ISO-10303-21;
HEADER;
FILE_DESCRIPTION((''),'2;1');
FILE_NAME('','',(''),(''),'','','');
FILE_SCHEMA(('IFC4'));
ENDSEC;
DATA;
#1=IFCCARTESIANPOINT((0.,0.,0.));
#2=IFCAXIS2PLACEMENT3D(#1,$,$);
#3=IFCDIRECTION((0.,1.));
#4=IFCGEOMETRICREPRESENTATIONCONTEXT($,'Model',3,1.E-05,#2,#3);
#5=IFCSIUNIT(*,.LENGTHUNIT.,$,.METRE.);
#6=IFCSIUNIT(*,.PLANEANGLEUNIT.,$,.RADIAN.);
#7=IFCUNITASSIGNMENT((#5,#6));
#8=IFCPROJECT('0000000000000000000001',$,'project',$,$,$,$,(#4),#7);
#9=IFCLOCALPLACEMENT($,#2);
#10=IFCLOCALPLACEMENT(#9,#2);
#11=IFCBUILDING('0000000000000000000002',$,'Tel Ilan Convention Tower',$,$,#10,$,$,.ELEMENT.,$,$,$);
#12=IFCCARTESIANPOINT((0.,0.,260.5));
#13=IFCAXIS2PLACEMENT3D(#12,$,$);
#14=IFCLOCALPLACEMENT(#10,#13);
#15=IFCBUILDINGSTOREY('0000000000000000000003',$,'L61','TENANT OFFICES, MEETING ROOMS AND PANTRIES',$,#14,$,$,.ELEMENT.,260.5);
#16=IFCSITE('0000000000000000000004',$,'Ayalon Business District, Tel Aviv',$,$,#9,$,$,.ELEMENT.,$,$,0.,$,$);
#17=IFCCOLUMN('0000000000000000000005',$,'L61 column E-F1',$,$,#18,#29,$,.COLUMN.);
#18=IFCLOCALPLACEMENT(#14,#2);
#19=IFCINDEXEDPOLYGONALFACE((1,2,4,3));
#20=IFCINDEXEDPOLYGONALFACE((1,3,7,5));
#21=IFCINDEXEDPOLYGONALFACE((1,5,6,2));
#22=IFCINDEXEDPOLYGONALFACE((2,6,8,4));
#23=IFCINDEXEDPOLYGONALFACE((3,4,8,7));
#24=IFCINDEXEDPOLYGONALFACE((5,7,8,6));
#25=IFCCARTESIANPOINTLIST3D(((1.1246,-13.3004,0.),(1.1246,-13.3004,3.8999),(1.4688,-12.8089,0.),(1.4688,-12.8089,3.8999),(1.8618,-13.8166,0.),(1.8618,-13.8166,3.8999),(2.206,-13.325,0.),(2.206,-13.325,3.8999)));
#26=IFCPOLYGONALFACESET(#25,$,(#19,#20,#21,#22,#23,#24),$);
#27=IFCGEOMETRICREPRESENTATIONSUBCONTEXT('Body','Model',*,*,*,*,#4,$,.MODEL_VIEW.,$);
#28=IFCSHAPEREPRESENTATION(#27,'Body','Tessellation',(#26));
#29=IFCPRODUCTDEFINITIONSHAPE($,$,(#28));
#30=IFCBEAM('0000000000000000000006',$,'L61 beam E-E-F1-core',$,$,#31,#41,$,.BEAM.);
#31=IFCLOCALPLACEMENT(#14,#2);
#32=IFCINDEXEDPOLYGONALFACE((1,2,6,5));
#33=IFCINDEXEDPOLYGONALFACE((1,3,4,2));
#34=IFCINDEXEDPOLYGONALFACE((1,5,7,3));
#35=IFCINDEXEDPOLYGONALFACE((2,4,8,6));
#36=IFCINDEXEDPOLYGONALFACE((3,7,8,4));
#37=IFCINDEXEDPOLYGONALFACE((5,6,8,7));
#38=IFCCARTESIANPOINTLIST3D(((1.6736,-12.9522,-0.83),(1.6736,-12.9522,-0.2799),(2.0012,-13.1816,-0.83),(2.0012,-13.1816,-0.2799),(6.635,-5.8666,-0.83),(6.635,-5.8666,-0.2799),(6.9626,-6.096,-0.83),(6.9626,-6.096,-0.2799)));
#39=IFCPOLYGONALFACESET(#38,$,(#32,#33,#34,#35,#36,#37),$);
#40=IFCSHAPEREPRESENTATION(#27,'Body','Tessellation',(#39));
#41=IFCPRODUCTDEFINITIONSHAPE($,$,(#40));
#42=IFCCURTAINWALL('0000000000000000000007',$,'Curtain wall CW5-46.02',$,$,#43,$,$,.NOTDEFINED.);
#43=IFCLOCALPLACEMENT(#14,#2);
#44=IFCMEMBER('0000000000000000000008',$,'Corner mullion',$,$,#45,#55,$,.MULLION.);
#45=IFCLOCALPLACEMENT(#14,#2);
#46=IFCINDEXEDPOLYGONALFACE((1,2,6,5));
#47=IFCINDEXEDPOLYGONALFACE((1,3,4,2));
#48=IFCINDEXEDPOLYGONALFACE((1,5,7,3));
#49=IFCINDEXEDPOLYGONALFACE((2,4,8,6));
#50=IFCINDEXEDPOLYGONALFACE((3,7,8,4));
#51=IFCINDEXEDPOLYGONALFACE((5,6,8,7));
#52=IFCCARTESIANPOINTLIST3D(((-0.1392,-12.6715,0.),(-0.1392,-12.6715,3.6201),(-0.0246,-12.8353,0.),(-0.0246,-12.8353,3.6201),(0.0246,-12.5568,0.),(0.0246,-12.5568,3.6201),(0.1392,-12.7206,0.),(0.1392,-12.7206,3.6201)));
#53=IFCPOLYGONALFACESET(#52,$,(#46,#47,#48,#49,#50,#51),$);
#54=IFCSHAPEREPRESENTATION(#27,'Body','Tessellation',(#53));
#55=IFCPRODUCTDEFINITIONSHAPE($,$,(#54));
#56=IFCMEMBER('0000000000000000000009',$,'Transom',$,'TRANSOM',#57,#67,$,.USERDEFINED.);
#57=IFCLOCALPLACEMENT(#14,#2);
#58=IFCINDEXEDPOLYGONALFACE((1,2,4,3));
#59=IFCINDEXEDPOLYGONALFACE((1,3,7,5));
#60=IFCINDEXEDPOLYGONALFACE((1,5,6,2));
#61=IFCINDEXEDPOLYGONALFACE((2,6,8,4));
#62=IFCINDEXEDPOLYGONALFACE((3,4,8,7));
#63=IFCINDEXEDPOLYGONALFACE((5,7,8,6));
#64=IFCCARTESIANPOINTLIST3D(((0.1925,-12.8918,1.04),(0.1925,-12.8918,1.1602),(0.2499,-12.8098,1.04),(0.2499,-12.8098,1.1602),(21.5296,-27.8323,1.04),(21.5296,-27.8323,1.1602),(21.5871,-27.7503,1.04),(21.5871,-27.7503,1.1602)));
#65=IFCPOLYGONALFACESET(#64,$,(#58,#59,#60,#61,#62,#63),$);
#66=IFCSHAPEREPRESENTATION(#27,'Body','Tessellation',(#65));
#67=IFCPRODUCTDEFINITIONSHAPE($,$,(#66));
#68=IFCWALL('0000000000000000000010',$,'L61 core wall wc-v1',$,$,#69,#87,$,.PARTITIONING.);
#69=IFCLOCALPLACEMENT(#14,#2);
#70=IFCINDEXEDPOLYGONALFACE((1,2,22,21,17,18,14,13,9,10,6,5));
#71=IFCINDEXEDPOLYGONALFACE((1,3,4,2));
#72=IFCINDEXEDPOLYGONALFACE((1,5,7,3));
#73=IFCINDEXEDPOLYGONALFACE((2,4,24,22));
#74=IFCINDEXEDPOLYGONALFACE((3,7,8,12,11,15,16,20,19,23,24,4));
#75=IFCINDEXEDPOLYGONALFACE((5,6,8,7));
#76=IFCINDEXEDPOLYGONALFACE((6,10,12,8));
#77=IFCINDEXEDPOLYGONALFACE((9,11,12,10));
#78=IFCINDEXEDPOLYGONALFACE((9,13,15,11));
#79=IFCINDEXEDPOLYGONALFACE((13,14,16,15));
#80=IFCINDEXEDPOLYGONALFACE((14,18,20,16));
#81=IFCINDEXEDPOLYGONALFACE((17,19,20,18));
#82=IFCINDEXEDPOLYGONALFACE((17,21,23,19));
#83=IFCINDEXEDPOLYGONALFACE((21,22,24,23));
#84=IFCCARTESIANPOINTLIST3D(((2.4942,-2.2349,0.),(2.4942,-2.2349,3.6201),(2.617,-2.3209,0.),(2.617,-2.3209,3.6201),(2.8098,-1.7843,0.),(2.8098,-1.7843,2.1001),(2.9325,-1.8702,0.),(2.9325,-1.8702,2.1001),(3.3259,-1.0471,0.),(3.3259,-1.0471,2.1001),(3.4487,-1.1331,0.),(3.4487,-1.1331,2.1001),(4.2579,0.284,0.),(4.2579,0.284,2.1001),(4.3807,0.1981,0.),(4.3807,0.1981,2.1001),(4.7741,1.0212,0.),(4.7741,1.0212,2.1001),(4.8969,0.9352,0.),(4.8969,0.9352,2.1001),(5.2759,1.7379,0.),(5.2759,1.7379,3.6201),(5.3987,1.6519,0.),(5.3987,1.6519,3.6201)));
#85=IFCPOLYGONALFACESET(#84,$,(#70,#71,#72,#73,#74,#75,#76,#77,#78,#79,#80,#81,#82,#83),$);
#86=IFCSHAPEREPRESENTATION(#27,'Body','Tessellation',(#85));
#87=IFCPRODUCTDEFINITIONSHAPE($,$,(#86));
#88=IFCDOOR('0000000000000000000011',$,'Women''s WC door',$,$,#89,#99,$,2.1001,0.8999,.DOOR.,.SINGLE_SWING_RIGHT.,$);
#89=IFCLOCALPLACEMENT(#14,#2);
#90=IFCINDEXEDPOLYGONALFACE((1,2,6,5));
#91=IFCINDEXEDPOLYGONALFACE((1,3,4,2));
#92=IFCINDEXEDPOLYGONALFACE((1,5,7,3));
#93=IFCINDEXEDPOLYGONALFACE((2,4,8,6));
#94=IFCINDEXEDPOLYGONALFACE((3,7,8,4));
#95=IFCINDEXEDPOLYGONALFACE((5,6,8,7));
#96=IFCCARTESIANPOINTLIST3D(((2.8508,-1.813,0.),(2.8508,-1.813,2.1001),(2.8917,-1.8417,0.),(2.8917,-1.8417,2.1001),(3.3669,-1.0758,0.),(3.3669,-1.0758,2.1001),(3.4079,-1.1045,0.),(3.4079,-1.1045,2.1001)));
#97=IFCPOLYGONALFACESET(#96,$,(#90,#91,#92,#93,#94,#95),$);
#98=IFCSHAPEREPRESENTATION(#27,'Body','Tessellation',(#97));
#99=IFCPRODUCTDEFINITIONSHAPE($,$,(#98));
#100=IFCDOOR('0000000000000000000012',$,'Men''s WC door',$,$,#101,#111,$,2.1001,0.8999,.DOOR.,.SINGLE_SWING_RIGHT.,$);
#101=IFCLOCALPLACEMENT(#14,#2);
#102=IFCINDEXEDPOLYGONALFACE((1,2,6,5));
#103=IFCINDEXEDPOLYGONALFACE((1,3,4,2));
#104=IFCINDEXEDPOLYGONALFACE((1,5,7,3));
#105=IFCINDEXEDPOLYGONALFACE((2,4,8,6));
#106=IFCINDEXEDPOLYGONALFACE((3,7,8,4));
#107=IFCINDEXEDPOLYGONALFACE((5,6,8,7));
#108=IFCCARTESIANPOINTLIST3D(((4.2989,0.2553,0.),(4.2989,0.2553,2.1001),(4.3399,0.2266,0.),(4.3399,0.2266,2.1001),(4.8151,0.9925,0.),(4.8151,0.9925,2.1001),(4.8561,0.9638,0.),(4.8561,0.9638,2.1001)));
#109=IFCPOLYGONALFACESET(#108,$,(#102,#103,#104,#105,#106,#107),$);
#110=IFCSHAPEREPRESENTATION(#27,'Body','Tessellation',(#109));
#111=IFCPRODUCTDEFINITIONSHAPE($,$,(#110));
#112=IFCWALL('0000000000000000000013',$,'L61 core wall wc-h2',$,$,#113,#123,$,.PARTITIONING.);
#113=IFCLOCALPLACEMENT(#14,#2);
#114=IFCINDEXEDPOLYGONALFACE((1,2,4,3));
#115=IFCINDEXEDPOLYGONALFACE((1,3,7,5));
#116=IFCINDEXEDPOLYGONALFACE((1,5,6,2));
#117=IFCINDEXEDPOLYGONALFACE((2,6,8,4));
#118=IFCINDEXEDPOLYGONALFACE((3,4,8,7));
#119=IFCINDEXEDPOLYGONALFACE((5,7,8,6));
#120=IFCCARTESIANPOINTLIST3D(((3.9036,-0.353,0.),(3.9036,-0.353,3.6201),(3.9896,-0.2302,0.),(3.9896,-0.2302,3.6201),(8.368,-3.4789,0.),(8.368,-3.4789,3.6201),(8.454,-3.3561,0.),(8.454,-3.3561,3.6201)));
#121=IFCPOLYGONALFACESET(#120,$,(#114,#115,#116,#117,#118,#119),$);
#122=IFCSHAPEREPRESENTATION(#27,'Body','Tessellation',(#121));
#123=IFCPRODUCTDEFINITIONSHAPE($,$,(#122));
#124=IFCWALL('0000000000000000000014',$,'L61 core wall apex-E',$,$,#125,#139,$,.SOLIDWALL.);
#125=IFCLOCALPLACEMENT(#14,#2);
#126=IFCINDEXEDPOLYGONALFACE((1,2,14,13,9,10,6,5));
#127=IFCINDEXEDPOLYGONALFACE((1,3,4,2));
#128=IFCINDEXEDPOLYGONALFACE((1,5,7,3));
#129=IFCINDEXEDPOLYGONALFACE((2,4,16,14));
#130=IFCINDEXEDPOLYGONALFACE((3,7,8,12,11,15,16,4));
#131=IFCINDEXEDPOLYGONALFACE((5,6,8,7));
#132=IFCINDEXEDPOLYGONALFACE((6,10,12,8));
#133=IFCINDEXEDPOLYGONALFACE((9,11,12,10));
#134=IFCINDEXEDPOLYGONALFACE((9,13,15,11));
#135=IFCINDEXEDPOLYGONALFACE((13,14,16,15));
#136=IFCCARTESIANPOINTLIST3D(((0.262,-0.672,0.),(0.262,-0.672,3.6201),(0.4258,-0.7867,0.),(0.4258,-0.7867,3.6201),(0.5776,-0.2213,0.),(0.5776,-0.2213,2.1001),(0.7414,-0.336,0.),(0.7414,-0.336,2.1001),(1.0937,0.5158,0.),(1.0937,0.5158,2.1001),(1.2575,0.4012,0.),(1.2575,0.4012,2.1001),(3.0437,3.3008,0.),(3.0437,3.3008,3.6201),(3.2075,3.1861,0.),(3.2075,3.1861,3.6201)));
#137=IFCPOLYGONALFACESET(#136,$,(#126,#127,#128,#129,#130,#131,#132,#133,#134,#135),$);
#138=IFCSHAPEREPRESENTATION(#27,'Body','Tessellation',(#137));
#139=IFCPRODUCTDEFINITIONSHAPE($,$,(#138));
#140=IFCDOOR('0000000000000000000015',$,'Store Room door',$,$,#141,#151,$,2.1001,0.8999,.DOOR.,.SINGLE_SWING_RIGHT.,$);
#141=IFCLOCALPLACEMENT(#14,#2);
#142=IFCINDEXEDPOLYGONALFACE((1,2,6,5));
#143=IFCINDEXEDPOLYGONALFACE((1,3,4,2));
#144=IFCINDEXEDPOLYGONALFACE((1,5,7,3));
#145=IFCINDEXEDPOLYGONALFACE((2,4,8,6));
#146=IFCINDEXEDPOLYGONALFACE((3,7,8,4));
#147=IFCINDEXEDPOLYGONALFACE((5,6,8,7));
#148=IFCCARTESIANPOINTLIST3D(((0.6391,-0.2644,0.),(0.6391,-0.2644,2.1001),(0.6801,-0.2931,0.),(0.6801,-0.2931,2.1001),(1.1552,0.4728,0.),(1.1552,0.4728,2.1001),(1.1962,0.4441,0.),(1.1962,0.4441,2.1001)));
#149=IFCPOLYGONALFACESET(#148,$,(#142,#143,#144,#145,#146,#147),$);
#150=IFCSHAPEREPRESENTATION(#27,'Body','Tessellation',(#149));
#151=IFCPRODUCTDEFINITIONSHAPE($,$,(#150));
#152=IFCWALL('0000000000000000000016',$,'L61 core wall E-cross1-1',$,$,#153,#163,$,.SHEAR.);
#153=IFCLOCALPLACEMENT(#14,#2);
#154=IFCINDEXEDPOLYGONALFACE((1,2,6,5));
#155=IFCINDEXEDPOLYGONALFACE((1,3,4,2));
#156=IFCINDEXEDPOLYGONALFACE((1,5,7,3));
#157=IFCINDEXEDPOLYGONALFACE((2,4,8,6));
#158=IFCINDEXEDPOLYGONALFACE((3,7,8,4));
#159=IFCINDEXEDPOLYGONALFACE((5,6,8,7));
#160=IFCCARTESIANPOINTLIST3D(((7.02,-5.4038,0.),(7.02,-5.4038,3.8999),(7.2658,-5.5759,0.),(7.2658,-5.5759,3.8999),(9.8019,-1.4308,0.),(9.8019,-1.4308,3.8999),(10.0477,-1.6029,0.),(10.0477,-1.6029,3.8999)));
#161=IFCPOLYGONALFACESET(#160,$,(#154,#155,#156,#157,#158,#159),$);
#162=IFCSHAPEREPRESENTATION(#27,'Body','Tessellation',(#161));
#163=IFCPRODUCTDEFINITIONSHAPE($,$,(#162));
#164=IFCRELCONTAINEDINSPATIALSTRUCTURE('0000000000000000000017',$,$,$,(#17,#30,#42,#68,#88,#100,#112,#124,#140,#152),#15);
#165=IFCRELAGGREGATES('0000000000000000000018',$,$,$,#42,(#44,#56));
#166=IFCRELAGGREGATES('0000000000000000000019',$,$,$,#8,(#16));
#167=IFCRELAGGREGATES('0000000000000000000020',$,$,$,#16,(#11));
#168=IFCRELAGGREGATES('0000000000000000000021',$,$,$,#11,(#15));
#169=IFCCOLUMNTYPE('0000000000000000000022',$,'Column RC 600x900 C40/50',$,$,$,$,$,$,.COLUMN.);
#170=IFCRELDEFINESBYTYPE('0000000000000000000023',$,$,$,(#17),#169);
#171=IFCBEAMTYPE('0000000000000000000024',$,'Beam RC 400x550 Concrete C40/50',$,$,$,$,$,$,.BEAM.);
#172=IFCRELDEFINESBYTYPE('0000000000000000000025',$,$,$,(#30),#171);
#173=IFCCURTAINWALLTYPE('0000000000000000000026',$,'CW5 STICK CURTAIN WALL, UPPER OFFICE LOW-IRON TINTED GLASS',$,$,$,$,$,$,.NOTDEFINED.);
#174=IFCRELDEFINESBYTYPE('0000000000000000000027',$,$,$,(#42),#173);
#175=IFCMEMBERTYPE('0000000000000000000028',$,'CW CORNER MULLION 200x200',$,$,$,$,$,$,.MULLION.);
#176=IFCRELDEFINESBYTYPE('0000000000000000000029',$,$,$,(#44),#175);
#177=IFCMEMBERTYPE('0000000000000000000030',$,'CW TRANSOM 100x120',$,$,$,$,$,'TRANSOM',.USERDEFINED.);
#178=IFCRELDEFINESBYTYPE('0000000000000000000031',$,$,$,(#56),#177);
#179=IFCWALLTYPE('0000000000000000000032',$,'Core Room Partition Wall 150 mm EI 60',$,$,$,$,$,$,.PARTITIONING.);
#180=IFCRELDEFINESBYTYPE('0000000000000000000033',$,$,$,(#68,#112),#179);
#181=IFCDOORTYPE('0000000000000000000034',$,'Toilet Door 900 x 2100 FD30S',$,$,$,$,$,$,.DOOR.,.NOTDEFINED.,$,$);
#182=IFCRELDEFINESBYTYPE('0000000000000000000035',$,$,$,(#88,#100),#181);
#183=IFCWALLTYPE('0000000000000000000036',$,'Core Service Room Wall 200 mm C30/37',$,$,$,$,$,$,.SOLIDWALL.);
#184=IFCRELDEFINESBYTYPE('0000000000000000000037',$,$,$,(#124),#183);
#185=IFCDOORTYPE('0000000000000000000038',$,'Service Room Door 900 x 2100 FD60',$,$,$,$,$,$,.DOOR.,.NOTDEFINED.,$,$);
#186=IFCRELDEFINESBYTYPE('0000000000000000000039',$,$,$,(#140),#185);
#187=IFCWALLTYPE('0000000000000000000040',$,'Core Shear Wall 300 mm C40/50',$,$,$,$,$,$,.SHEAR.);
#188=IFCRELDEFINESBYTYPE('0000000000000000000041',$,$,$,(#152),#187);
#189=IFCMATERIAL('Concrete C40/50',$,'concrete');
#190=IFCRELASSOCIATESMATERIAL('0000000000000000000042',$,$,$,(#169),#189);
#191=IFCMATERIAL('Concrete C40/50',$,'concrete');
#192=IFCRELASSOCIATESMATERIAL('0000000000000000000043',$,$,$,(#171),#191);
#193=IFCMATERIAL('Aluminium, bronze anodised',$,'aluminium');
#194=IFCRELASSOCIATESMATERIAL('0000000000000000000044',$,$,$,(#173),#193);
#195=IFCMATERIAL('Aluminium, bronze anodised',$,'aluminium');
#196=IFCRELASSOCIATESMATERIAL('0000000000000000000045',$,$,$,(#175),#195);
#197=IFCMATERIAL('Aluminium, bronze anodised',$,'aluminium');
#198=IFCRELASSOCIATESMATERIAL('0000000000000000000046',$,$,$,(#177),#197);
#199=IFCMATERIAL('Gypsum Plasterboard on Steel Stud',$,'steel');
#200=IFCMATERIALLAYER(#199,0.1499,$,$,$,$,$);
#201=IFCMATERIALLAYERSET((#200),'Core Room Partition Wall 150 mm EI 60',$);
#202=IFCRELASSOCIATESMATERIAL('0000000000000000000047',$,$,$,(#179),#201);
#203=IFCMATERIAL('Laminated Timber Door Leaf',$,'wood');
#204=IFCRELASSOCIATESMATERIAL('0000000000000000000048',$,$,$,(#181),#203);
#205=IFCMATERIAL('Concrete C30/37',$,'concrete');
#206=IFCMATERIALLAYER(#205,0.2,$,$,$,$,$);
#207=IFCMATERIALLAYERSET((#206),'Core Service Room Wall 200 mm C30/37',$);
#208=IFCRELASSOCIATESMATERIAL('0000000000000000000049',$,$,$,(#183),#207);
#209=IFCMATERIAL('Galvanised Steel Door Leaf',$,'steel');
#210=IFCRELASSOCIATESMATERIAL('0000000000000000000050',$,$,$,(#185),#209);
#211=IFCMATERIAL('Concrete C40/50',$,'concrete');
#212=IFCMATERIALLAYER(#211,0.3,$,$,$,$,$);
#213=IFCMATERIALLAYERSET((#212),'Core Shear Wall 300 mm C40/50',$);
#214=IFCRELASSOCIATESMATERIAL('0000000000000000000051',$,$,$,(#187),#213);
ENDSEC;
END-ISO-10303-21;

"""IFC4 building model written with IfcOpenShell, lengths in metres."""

from ifc_helpers import new_model, si_unit, direction, frame, frame_2d, origin, origin_2d, place, context, subcontext, project, spatial, polyline, rectangle, outline, extrude, material, layer, layer_set, material_profile, profile_set, type_object, element, fill, aggregate, save


model = new_model("IFC4")

# Units and contexts
model_context = context("Model", 3, precision=1e-05, world=origin(), true_north=direction((0.0, 1.0)))
body_context = subcontext(model_context, "Body", "Model", "MODEL_VIEW")
ifc_project = project(units=[si_unit("LENGTHUNIT", "METRE"), si_unit("PLANEANGLEUNIT", "RADIAN")], contexts=[model_context])

# Site, building, storey
site_placement = place(None, origin())
site = spatial("IfcSite", under=ifc_project, at=site_placement, Name="Ayalon Business District, Tel Aviv", CompositionType="ELEMENT", RefElevation=0.0)
building_placement = place(site_placement, origin())
building = spatial("IfcBuilding", under=site, at=building_placement, Name="Tel Ilan Convention Tower", CompositionType="ELEMENT")
storey_placement = place(building_placement, frame((0.0, 0.0, 260.5)))
storey = spatial("IfcBuildingStorey", under=building, at=storey_placement, Name="L61", Description="TENANT OFFICES, MEETING ROOMS AND PANTRIES", CompositionType="ELEMENT", Elevation=260.5)

# Column
ifc_material_1 = material(Name="Concrete C40/50", Category="concrete")
ifc_material_profile_1 = material_profile(ifc_material_1, rectangle(XDim=0.8999, YDim=0.6001, at=origin_2d()), Name="RC 600x900")
ifc_profile_set_1 = profile_set([ifc_material_profile_1], Name="Concrete C40/50")
column_type = type_object("IfcColumnType", Name="Column RC 600x900 C40/50", PredefinedType="COLUMN", material=ifc_profile_set_1)
column_placement = place(storey_placement, frame((1.6653, -13.3127, 0.0), z_axis=(0.0, 0.0, 1.0), x_axis=(0.819152, -0.573576, 0.0)))
element("IfcColumn", 1, at=column_placement, inside=storey, type_object=column_type, Name="L61 column E-F1", PredefinedType="COLUMN", context=body_context, shape_type="SweptSolid", body=[
    extrude(rectangle(XDim=0.8999, YDim=0.6001, at=origin_2d()), origin(), (0.0, 0.0, 1.0), 3.8999),
])

# Beam
ifc_material_2 = material(Name="Concrete C40/50", Category="concrete")
ifc_material_profile_2 = material_profile(ifc_material_2, rectangle(XDim=0.3999, YDim=0.55, at=origin_2d()), Name="RC 400x550")
ifc_profile_set_2 = profile_set([ifc_material_profile_2], Name="Concrete C40/50")
beam_type = type_object("IfcBeamType", Name="Beam RC 400x550 Concrete C40/50", PredefinedType="BEAM", material=ifc_profile_set_2)
beam_placement = place(storey_placement, frame((1.8374, -13.0669, -0.5549), z_axis=(0.573574, 0.819154, 0.0), x_axis=(-0.819154, 0.573574, 0.0)))
element("IfcBeam", 2, at=beam_placement, inside=storey, type_object=beam_type, Name="L61 beam E-E-F1-core", PredefinedType="BEAM", context=body_context, shape_type="SweptSolid", body=[
    extrude(rectangle(XDim=0.3999, YDim=0.55, at=origin_2d()), origin(), (0.0, 0.0, 1.0), 8.6499),
])

# Curtain wall, members
ifc_material_3 = material(Name="Aluminium, bronze anodised", Category="aluminium")
curtain_wall_type = type_object("IfcCurtainWallType", Name="CW5 STICK CURTAIN WALL, UPPER OFFICE LOW-IRON TINTED GLASS", PredefinedType="NOTDEFINED", material=ifc_material_3)
curtain_wall_placement = place(storey_placement, origin())
curtain_wall = element("IfcCurtainWall", 3, at=curtain_wall_placement, inside=storey, type_object=curtain_wall_type, Name="Curtain wall CW5-46.02", PredefinedType="NOTDEFINED")
ifc_material_4 = material(Name="Aluminium, bronze anodised", Category="aluminium")
ifc_material_profile_3 = material_profile(ifc_material_4, rectangle(XDim=0.2, YDim=0.2, at=origin_2d()), Name="CW CORNER MULLION 200x200")
ifc_profile_set_3 = profile_set([ifc_material_profile_3], Name="Aluminium, bronze anodised")
member_type_1 = type_object("IfcMemberType", Name="CW CORNER MULLION 200x200", PredefinedType="MULLION", material=ifc_profile_set_3)
member_1_placement = place(storey_placement, frame((0.0, -12.696, 0.0), z_axis=(0.0, 0.0, 1.0), x_axis=(0.819152, 0.573576, 0.0)))
member_1 = element("IfcMember", 4, at=member_1_placement, type_object=member_type_1, Name="Corner mullion", PredefinedType="MULLION", context=body_context, shape_type="SweptSolid", body=[
    extrude(rectangle(XDim=0.2, YDim=0.2, at=origin_2d()), origin(), (0.0, 0.0, 1.0), 3.6201),
])
ifc_material_5 = material(Name="Aluminium, bronze anodised", Category="aluminium")
ifc_material_profile_4 = material_profile(ifc_material_5, rectangle(XDim=0.1001, YDim=0.1201, at=origin_2d()), Name="CW TRANSOM 100x120")
ifc_profile_set_4 = profile_set([ifc_material_profile_4], Name="Aluminium, bronze anodised")
member_type_2 = type_object("IfcMemberType", Name="CW TRANSOM 100x120", ElementType="TRANSOM", PredefinedType="USERDEFINED", material=ifc_profile_set_4)
member_2_placement = place(storey_placement, frame((0.2212, -12.8508, 1.1001), z_axis=(0.819152, -0.573576, 0.0), x_axis=(0.573576, 0.819152, 0.0)))
member_2 = element("IfcMember", 5, at=member_2_placement, type_object=member_type_2, Name="Transom", ObjectType="TRANSOM", PredefinedType="USERDEFINED", context=body_context, shape_type="SweptSolid", body=[
    extrude(rectangle(XDim=0.1001, YDim=0.1201, at=origin_2d()), origin(), (0.0, 0.0, 1.0), 26.0479),
])
aggregate(curtain_wall, [member_1, member_2])

# Wall, openings, doors
ifc_material_6 = material(Name="Gypsum Plasterboard on Steel Stud", Category="steel")
ifc_layer_1 = layer(ifc_material_6, 0.1499)
ifc_layer_set_1 = layer_set([ifc_layer_1], Name="Core Room Partition Wall 150 mm EI 60")
wall_type_1 = type_object("IfcWallType", Name="Core Room Partition Wall 150 mm EI 60", PredefinedType="PARTITIONING", material=ifc_layer_set_1)
wall_1_placement = place(storey_placement, frame((2.5557, -2.2778, 0.0), z_axis=(0.0, 0.0, 1.0), x_axis=(0.57356, 0.819163, 0.0)))
wall_1 = element("IfcWall", 6, at=wall_1_placement, inside=storey, type_object=wall_type_1, Name="L61 core wall wc-v1", PredefinedType="PARTITIONING", context=body_context, shape_type="SweptSolid", body=[
    extrude(rectangle(XDim=4.8499, YDim=0.1499, at=frame_2d((2.4248, 0.0))), origin(), (0.0, 0.0, 1.0), 3.6201),
])
opening_1_placement = place(wall_1_placement, frame((0.55, 0.0, 0.0)))
opening_1 = element("IfcOpeningElement", 7, at=opening_1_placement, cuts=wall_1, PredefinedType="OPENING", context=body_context, shape_type="SweptSolid", body=[
    extrude(rectangle(XDim=0.8999, YDim=2.1001, at=frame_2d((0.45, 1.05))), frame((0.0, 0.085, 0.0), z_axis=(0.0, -1.0, 0.0), x_axis=(1.0, 0.0, 0.0)), (0.0, 0.0, 1.0), 0.1699),
])
opening_2_placement = place(wall_1_placement, frame((3.075, 0.0, 0.0)))
opening_2 = element("IfcOpeningElement", 8, at=opening_2_placement, cuts=wall_1, PredefinedType="OPENING", context=body_context, shape_type="SweptSolid", body=[
    extrude(rectangle(XDim=0.8999, YDim=2.1001, at=frame_2d((0.45, 1.05))), frame((0.0, 0.085, 0.0), z_axis=(0.0, -1.0, 0.0), x_axis=(1.0, 0.0, 0.0)), (0.0, 0.0, 1.0), 0.1699),
])
ifc_material_7 = material(Name="Laminated Timber Door Leaf", Category="wood")
door_type_1 = type_object("IfcDoorType", Name="Toilet Door 900 x 2100 FD30S", OperationType="NOTDEFINED", PredefinedType="DOOR", material=ifc_material_7)
door_1_placement = place(opening_1_placement, origin())
door_1 = element("IfcDoor", 9, at=door_1_placement, inside=storey, type_object=door_type_1, Name="Women's WC door", OperationType="SINGLE_SWING_RIGHT", OverallHeight=2.1001, OverallWidth=0.8999, PredefinedType="DOOR", context=body_context, shape_type="SweptSolid", body=[
    extrude(rectangle(XDim=0.8999, YDim=2.1001, at=frame_2d((0.45, 1.05))), frame((0.0, 0.0249, 0.0), z_axis=(0.0, -1.0, 0.0), x_axis=(1.0, 0.0, 0.0)), (0.0, 0.0, 1.0), 0.05),
])
fill(opening_1, door_1)
door_2_placement = place(opening_2_placement, origin())
door_2 = element("IfcDoor", 10, at=door_2_placement, inside=storey, type_object=door_type_1, Name="Men's WC door", OperationType="SINGLE_SWING_RIGHT", OverallHeight=2.1001, OverallWidth=0.8999, PredefinedType="DOOR", context=body_context, shape_type="SweptSolid", body=[
    extrude(rectangle(XDim=0.8999, YDim=2.1001, at=frame_2d((0.45, 1.05))), frame((0.0, 0.0249, 0.0), z_axis=(0.0, -1.0, 0.0), x_axis=(1.0, 0.0, 0.0)), (0.0, 0.0, 1.0), 0.05),
])
fill(opening_2, door_2)

# Wall
wall_2_placement = place(storey_placement, frame((3.9465, -0.2915, 0.0), z_axis=(0.0, 0.0, 1.0), x_axis=(0.819152, -0.573577, 0.0)))
element("IfcWall", 11, at=wall_2_placement, inside=storey, type_object=wall_type_1, Name="L61 core wall wc-h2", PredefinedType="PARTITIONING", context=body_context, shape_type="SweptSolid", body=[
    extrude(rectangle(XDim=5.45, YDim=0.1499, at=frame_2d((2.7251, 0.0))), origin(), (0.0, 0.0, 1.0), 3.6201),
])

# Wall, opening, door
ifc_material_8 = material(Name="Concrete C30/37", Category="concrete")
ifc_layer_2 = layer(ifc_material_8, 0.2)
ifc_layer_set_2 = layer_set([ifc_layer_2], Name="Core Service Room Wall 200 mm C30/37")
wall_type_2 = type_object("IfcWallType", Name="Core Service Room Wall 200 mm C30/37", PredefinedType="SOLIDWALL", material=ifc_layer_set_2)
wall_3_placement = place(storey_placement, frame((0.344, -0.7292, 0.0), z_axis=(0.0, 0.0, 1.0), x_axis=(0.57356, 0.819163, 0.0)))
wall_3 = element("IfcWall", 12, at=wall_3_placement, inside=storey, type_object=wall_type_2, Name="L61 core wall apex-E", PredefinedType="SOLIDWALL", context=body_context, shape_type="SweptSolid", body=[
    extrude(rectangle(XDim=4.8499, YDim=0.2, at=frame_2d((2.4248, 0.0))), origin(), (0.0, 0.0, 1.0), 3.6201),
])
opening_3_placement = place(wall_3_placement, frame((0.55, 0.0, 0.0)))
opening_3 = element("IfcOpeningElement", 13, at=opening_3_placement, cuts=wall_3, PredefinedType="OPENING", context=body_context, shape_type="SweptSolid", body=[
    extrude(rectangle(XDim=0.8999, YDim=2.1001, at=frame_2d((0.45, 1.05))), frame((0.0, 0.1099, 0.0), z_axis=(0.0, -1.0, 0.0), x_axis=(1.0, 0.0, 0.0)), (0.0, 0.0, 1.0), 0.22),
])
ifc_material_9 = material(Name="Galvanised Steel Door Leaf", Category="steel")
door_type_2 = type_object("IfcDoorType", Name="Service Room Door 900 x 2100 FD60", OperationType="NOTDEFINED", PredefinedType="DOOR", material=ifc_material_9)
door_3_placement = place(opening_3_placement, origin())
door_3 = element("IfcDoor", 14, at=door_3_placement, inside=storey, type_object=door_type_2, Name="Store Room door", OperationType="SINGLE_SWING_RIGHT", OverallHeight=2.1001, OverallWidth=0.8999, PredefinedType="DOOR", context=body_context, shape_type="SweptSolid", body=[
    extrude(rectangle(XDim=0.8999, YDim=2.1001, at=frame_2d((0.45, 1.05))), frame((0.0, 0.0249, 0.0), z_axis=(0.0, -1.0, 0.0), x_axis=(1.0, 0.0, 0.0)), (0.0, 0.0, 1.0), 0.05),
])
fill(opening_3, door_3)

# Wall
ifc_material_10 = material(Name="Concrete C40/50", Category="concrete")
ifc_layer_3 = layer(ifc_material_10, 0.3)
ifc_layer_set_3 = layer_set([ifc_layer_3], Name="Core Shear Wall 300 mm C40/50")
wall_type_3 = type_object("IfcWallType", Name="Core Shear Wall 300 mm C40/50", PredefinedType="SHEAR", material=ifc_layer_set_3)
wall_4_placement = place(storey_placement, frame((7.1428, -5.4897, 0.0), z_axis=(0.0, 0.0, 1.0), x_axis=(0.573618, 0.819123, 0.0)))
element("IfcWall", 15, at=wall_4_placement, inside=storey, type_object=wall_type_3, Name="L61 core wall E-cross1-1", PredefinedType="SHEAR", context=body_context, shape_type="SweptSolid", body=[
    extrude(outline(polyline([(0.0, 0.1499), (0.0, -0.1501), (4.8501, -0.1499), (4.8501, 0.1501), (0.0, 0.1499)])), origin(), (0.0, 0.0, 1.0), 3.8999),
])

save(model, "model.ifc")
